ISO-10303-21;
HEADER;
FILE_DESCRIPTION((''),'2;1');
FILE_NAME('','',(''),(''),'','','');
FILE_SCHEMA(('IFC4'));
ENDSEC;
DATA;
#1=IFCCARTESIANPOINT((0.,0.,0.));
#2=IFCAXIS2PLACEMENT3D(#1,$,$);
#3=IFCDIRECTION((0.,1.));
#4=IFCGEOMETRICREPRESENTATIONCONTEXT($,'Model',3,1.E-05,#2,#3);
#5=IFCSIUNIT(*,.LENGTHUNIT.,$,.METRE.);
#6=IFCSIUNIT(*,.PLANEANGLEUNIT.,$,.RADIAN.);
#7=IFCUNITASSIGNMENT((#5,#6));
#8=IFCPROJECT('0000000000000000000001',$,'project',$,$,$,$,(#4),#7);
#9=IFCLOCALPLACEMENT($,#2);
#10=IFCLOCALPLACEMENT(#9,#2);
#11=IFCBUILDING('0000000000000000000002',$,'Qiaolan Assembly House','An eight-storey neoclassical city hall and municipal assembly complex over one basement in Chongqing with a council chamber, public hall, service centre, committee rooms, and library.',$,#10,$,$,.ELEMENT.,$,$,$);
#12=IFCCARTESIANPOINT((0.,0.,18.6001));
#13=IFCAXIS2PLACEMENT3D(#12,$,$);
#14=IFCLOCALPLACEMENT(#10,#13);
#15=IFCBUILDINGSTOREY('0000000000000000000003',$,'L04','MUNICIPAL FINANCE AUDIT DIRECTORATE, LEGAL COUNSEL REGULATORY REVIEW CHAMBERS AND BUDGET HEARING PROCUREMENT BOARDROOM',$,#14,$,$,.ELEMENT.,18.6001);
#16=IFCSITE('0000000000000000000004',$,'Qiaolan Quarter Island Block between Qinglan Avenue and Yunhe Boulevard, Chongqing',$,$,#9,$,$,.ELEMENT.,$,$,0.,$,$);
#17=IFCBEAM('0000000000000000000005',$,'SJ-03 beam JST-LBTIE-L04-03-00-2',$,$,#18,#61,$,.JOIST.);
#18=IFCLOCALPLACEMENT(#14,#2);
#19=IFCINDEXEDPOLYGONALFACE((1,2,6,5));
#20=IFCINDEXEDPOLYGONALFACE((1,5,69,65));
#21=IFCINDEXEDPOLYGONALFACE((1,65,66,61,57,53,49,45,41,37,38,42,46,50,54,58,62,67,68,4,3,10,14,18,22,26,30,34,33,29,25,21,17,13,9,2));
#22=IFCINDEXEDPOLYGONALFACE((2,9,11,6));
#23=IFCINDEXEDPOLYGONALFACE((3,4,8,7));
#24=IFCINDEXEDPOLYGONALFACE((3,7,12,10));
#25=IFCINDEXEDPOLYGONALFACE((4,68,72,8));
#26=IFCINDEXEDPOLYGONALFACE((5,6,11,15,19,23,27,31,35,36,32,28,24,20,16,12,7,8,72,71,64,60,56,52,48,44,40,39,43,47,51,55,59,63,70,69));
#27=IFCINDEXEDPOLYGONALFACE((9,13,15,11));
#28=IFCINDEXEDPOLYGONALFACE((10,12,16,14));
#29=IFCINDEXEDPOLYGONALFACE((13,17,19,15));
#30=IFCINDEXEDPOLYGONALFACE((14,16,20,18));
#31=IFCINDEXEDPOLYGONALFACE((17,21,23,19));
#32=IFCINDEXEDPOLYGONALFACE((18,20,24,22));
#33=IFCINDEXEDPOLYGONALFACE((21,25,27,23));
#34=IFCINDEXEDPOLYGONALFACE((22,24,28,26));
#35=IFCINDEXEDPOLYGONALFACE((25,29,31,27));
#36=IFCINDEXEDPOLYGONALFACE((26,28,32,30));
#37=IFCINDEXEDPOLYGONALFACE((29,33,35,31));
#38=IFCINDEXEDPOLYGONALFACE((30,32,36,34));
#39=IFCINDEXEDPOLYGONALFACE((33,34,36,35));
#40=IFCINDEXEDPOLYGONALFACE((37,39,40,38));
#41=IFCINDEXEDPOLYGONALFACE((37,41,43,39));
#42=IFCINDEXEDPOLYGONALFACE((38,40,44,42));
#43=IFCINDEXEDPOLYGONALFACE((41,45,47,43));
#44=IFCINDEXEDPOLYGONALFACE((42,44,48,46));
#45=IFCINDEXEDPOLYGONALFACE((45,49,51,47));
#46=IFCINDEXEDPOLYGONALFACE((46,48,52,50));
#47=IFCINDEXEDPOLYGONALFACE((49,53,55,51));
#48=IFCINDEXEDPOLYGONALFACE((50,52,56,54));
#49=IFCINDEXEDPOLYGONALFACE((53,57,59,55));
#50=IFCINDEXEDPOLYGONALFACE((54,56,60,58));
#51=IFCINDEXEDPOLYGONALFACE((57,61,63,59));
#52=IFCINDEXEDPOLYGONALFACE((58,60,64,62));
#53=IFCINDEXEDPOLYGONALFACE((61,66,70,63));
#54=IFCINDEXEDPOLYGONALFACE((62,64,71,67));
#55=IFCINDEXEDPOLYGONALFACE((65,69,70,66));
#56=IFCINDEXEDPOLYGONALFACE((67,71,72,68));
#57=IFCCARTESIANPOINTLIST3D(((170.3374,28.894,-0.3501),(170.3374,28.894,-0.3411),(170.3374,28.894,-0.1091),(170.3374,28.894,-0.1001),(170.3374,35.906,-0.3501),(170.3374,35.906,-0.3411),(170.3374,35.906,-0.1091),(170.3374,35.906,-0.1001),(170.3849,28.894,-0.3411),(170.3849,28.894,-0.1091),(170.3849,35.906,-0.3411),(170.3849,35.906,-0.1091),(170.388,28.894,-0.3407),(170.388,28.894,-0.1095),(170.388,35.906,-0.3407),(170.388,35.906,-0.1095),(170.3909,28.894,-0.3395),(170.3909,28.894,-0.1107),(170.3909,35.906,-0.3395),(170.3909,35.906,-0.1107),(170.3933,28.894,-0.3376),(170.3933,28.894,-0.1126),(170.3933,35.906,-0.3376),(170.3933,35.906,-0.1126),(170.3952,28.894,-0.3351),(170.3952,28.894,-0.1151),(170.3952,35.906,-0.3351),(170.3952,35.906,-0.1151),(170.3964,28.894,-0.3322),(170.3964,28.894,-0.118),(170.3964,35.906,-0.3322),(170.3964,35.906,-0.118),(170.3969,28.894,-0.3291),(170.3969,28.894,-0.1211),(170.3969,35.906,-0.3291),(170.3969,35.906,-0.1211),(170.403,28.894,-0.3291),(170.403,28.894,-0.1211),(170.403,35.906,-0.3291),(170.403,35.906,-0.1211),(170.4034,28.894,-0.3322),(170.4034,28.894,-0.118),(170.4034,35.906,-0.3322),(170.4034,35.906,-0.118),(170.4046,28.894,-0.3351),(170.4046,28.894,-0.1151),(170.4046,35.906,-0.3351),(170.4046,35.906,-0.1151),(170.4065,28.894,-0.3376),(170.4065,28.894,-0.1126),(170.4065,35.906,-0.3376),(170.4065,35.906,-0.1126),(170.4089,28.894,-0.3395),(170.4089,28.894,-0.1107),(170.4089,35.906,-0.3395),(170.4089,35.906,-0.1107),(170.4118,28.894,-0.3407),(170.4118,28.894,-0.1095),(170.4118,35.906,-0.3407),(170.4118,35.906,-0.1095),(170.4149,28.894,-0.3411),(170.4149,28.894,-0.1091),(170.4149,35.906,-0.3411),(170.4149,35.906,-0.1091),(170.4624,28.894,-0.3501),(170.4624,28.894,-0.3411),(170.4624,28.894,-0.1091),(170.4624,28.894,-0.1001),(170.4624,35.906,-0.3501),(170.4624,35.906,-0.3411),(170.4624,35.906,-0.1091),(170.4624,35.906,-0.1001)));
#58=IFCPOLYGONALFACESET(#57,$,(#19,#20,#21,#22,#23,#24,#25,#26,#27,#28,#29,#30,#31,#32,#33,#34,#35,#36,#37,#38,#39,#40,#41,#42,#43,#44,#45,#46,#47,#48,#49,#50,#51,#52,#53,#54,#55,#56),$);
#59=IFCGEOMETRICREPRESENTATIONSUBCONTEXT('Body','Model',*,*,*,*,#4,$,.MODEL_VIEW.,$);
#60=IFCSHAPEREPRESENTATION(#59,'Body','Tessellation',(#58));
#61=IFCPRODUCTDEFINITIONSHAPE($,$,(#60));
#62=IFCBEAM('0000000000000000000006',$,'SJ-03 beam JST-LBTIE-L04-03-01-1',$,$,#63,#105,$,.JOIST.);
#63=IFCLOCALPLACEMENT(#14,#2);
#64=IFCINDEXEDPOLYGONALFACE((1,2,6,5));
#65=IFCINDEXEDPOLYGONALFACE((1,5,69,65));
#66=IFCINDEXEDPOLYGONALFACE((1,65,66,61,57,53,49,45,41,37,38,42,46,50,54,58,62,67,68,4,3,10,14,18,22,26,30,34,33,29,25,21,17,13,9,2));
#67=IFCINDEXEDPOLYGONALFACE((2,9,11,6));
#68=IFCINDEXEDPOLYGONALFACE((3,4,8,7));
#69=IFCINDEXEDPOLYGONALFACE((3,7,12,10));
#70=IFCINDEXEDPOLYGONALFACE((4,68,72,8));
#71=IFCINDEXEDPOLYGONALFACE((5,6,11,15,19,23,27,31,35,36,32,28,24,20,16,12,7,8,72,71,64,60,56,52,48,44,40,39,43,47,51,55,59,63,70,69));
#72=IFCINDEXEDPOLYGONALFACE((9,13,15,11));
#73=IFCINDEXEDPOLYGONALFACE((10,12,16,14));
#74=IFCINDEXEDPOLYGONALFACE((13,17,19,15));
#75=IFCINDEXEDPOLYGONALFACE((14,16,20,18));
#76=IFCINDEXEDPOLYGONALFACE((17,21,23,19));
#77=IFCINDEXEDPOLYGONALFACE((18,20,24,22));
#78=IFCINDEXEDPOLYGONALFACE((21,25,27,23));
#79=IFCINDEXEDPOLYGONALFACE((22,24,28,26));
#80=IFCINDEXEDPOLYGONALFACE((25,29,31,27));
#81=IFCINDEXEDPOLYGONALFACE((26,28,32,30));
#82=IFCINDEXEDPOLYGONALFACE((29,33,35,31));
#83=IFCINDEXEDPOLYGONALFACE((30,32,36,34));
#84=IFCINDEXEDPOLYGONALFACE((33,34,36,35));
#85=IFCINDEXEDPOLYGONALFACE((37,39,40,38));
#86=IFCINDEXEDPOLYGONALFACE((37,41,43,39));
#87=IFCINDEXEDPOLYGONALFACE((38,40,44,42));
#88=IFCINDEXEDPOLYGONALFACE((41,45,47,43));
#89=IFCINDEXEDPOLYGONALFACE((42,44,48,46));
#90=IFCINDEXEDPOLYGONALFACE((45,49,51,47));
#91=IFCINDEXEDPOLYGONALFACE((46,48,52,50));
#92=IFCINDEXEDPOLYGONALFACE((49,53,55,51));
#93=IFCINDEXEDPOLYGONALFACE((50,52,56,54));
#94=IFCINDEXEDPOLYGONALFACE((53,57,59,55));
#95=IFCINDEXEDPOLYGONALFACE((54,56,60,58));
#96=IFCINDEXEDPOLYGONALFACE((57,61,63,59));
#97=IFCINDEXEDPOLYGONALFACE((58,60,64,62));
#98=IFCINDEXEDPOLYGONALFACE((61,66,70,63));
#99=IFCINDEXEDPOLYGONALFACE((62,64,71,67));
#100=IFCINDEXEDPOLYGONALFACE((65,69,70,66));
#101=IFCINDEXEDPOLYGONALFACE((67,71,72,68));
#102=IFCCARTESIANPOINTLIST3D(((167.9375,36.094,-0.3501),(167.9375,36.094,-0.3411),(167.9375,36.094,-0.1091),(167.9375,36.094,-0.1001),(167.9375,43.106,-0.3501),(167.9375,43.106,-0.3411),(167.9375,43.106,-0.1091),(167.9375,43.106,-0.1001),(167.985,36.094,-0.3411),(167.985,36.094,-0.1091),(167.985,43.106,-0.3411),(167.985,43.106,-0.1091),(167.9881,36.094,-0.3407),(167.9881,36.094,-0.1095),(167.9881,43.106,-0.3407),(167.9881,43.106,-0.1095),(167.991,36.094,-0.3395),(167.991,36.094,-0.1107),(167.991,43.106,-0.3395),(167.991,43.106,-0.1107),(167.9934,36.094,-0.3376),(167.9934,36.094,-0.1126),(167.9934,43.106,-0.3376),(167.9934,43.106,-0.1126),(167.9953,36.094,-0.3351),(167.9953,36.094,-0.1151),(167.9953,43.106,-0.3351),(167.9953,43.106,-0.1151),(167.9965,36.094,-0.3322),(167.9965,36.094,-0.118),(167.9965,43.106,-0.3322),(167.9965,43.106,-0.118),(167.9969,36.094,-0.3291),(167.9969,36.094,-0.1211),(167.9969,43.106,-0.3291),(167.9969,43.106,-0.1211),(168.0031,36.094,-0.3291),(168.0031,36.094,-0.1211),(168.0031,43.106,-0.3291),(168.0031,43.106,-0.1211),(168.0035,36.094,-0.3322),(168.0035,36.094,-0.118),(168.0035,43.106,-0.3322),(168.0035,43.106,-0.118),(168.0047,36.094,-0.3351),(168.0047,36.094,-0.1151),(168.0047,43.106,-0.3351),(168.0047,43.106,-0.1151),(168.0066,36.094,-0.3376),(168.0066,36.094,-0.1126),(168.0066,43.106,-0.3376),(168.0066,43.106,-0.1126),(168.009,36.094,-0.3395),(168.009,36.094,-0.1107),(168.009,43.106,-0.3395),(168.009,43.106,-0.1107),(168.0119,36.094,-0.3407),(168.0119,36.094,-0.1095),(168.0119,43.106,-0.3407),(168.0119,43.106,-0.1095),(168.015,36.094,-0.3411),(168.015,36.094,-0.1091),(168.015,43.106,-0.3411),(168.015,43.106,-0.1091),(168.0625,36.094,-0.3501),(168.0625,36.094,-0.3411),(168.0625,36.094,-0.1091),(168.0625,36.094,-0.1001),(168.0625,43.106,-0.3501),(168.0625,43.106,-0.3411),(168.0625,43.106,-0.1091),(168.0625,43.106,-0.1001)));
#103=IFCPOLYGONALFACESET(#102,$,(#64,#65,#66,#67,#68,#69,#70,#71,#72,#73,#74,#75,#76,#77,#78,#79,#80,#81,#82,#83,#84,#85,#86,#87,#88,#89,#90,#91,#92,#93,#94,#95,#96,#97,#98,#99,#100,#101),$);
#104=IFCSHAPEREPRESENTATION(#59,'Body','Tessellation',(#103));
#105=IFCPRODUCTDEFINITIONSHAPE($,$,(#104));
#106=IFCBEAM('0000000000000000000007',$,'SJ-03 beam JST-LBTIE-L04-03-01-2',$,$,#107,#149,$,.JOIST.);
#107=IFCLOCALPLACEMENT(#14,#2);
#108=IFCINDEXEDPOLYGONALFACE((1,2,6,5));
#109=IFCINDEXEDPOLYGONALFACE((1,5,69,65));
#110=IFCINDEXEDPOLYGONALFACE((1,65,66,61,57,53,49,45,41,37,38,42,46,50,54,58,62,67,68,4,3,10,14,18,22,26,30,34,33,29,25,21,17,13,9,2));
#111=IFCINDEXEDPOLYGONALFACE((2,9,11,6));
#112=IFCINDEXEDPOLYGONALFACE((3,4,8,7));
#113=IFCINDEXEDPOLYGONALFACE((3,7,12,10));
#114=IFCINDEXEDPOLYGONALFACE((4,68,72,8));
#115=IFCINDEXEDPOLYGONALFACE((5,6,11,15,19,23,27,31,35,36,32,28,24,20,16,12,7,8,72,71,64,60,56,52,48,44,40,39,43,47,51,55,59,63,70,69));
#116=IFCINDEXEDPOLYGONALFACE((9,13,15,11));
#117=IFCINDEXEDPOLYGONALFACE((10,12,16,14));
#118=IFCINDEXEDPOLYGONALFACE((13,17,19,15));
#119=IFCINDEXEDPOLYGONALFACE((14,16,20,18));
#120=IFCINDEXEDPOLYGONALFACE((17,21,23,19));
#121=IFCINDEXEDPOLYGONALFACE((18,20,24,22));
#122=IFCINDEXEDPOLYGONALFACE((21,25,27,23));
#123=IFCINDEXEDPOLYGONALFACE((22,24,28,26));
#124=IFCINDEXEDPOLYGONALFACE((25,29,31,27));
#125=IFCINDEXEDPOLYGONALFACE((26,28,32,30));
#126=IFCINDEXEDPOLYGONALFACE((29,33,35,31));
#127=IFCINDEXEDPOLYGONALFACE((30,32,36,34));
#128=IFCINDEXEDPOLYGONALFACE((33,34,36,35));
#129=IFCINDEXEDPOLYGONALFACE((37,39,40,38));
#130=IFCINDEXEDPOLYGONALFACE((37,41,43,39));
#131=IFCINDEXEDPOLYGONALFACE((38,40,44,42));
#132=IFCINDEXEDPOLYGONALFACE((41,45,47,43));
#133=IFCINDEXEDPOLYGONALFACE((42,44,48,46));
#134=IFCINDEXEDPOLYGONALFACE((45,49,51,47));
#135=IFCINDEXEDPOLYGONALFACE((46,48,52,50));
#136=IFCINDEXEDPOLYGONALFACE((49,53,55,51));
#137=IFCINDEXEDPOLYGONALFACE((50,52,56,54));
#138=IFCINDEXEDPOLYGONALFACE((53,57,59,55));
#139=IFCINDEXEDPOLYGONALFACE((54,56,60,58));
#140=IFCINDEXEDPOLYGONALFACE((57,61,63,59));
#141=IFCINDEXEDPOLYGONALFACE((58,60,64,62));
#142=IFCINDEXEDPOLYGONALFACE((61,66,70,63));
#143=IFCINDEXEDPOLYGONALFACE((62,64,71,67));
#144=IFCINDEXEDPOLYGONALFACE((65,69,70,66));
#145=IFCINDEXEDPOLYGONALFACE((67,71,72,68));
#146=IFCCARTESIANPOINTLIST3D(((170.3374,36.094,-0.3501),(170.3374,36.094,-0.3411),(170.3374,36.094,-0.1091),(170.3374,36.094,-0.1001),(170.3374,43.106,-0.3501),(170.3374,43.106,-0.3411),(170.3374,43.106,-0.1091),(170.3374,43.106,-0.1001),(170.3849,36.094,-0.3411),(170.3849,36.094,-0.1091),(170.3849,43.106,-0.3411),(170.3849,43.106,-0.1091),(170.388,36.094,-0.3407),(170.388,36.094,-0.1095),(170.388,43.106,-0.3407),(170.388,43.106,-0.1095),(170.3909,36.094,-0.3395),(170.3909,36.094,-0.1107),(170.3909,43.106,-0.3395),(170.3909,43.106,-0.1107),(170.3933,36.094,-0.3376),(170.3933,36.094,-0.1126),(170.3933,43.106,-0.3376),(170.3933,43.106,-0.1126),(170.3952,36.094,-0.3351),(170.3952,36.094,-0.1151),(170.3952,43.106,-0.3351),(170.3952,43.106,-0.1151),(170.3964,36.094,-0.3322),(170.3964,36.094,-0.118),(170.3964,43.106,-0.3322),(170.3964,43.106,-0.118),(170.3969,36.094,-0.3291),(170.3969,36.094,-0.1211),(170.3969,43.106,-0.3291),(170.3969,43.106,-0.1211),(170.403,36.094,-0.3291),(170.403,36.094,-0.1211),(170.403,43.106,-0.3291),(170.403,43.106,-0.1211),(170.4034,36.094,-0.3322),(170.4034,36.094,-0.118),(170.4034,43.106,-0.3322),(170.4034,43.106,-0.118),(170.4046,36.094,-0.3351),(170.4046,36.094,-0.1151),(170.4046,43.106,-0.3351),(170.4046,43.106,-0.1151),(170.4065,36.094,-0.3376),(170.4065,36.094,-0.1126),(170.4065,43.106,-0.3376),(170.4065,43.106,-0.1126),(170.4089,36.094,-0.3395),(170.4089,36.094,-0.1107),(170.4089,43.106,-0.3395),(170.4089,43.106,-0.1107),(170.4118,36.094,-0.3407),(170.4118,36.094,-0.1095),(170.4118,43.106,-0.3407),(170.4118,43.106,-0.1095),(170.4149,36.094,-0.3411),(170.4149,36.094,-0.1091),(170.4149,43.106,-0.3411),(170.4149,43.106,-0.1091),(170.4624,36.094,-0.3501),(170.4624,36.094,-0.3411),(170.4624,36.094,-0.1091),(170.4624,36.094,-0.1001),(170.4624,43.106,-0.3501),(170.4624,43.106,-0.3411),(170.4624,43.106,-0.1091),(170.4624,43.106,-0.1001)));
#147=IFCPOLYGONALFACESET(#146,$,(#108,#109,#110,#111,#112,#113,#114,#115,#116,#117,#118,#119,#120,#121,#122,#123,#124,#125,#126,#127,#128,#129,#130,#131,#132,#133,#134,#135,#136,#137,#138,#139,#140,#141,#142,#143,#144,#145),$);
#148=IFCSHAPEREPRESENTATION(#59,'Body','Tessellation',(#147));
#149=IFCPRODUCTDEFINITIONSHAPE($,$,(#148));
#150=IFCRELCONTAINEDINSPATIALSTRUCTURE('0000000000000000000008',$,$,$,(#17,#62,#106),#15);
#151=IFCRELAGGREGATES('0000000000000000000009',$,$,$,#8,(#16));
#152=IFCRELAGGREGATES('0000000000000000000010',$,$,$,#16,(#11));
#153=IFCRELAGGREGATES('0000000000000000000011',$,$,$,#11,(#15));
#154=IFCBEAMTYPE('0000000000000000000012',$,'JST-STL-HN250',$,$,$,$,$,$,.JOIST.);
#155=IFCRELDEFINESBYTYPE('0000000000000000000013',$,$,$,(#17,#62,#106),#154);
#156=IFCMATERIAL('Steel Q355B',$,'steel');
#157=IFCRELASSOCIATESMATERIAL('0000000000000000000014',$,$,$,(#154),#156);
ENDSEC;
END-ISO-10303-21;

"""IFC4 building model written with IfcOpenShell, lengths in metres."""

from ifc_helpers import new_model, si_unit, direction, frame, origin, origin_2d, place, context, subcontext, project, spatial, i_section, extrude, material, material_profile, profile_set, type_object, element, save


model = new_model("IFC4")

# Units and contexts
model_context = context("Model", 3, precision=1e-05, world=origin(), true_north=direction((0.0, 1.0)))
body_context = subcontext(model_context, "Body", "Model", "MODEL_VIEW")
ifc_project = project(units=[si_unit("LENGTHUNIT", "METRE"), si_unit("PLANEANGLEUNIT", "RADIAN")], contexts=[model_context])

# Site, building, storey
site_placement = place(None, origin())
site = spatial("IfcSite", under=ifc_project, at=site_placement, Name="Qiaolan Quarter Island Block between Qinglan Avenue and Yunhe Boulevard, Chongqing", CompositionType="ELEMENT", RefElevation=0.0)
building_placement = place(site_placement, origin())
building = spatial("IfcBuilding", under=site, at=building_placement, Name="Qiaolan Assembly House", Description="An eight-storey neoclassical city hall and municipal assembly complex over one basement in Chongqing with a council chamber, public hall, service centre, committee rooms, and library.", CompositionType="ELEMENT")
storey_placement = place(building_placement, frame((0.0, 0.0, 18.6001)))
storey = spatial("IfcBuildingStorey", under=building, at=storey_placement, Name="L04", Description="MUNICIPAL FINANCE AUDIT DIRECTORATE, LEGAL COUNSEL REGULATORY REVIEW CHAMBERS AND BUDGET HEARING PROCUREMENT BOARDROOM", CompositionType="ELEMENT", Elevation=18.6001)

# Beams
ifc_material = material(Name="Steel Q355B", Category="steel")
ifc_material_profile_1 = material_profile(ifc_material, i_section(OverallWidth=0.125, OverallDepth=0.25, WebThickness=0.0061, FlangeThickness=0.009, FilletRadius=0.012, at=origin_2d()), Name="HN 250x125x6x9")
ifc_profile_set_1 = profile_set([ifc_material_profile_1], Name="Steel Q355B")
beam_type_1 = type_object("IfcBeamType", Name="JST-STL-HN250", PredefinedType="JOIST", material=ifc_profile_set_1)
for number, where, z_axis, x_axis, name in (
    (1, (170.3999, 28.894, -0.2251), (0.0, 1.0, 0.0), (-1.0, 0.0, 0.0), "SJ-03 beam JST-LBTIE-L04-03-00-2"),
    (2, (168.0, 36.094, -0.2251), (0.0, 1.0, 0.0), (-1.0, 0.0, 0.0), "SJ-03 beam JST-LBTIE-L04-03-01-1"),
    (3, (170.3999, 36.094, -0.2251), (0.0, 1.0, 0.0), (-1.0, 0.0, 0.0), "SJ-03 beam JST-LBTIE-L04-03-01-2"),
):
    element("IfcBeam", number, at=place(storey_placement, frame(where, z_axis=z_axis, x_axis=x_axis)), inside=storey, type_object=beam_type_1, Name=name, PredefinedType="JOIST", context=body_context, shape_type="SweptSolid", body=[
        extrude(i_section(OverallWidth=0.125, OverallDepth=0.25, WebThickness=0.0061, FlangeThickness=0.009, FilletRadius=0.012, at=origin_2d()), origin(), (0.0, 0.0, 1.0), 7.012),
    ])

save(model, "model.ifc")
